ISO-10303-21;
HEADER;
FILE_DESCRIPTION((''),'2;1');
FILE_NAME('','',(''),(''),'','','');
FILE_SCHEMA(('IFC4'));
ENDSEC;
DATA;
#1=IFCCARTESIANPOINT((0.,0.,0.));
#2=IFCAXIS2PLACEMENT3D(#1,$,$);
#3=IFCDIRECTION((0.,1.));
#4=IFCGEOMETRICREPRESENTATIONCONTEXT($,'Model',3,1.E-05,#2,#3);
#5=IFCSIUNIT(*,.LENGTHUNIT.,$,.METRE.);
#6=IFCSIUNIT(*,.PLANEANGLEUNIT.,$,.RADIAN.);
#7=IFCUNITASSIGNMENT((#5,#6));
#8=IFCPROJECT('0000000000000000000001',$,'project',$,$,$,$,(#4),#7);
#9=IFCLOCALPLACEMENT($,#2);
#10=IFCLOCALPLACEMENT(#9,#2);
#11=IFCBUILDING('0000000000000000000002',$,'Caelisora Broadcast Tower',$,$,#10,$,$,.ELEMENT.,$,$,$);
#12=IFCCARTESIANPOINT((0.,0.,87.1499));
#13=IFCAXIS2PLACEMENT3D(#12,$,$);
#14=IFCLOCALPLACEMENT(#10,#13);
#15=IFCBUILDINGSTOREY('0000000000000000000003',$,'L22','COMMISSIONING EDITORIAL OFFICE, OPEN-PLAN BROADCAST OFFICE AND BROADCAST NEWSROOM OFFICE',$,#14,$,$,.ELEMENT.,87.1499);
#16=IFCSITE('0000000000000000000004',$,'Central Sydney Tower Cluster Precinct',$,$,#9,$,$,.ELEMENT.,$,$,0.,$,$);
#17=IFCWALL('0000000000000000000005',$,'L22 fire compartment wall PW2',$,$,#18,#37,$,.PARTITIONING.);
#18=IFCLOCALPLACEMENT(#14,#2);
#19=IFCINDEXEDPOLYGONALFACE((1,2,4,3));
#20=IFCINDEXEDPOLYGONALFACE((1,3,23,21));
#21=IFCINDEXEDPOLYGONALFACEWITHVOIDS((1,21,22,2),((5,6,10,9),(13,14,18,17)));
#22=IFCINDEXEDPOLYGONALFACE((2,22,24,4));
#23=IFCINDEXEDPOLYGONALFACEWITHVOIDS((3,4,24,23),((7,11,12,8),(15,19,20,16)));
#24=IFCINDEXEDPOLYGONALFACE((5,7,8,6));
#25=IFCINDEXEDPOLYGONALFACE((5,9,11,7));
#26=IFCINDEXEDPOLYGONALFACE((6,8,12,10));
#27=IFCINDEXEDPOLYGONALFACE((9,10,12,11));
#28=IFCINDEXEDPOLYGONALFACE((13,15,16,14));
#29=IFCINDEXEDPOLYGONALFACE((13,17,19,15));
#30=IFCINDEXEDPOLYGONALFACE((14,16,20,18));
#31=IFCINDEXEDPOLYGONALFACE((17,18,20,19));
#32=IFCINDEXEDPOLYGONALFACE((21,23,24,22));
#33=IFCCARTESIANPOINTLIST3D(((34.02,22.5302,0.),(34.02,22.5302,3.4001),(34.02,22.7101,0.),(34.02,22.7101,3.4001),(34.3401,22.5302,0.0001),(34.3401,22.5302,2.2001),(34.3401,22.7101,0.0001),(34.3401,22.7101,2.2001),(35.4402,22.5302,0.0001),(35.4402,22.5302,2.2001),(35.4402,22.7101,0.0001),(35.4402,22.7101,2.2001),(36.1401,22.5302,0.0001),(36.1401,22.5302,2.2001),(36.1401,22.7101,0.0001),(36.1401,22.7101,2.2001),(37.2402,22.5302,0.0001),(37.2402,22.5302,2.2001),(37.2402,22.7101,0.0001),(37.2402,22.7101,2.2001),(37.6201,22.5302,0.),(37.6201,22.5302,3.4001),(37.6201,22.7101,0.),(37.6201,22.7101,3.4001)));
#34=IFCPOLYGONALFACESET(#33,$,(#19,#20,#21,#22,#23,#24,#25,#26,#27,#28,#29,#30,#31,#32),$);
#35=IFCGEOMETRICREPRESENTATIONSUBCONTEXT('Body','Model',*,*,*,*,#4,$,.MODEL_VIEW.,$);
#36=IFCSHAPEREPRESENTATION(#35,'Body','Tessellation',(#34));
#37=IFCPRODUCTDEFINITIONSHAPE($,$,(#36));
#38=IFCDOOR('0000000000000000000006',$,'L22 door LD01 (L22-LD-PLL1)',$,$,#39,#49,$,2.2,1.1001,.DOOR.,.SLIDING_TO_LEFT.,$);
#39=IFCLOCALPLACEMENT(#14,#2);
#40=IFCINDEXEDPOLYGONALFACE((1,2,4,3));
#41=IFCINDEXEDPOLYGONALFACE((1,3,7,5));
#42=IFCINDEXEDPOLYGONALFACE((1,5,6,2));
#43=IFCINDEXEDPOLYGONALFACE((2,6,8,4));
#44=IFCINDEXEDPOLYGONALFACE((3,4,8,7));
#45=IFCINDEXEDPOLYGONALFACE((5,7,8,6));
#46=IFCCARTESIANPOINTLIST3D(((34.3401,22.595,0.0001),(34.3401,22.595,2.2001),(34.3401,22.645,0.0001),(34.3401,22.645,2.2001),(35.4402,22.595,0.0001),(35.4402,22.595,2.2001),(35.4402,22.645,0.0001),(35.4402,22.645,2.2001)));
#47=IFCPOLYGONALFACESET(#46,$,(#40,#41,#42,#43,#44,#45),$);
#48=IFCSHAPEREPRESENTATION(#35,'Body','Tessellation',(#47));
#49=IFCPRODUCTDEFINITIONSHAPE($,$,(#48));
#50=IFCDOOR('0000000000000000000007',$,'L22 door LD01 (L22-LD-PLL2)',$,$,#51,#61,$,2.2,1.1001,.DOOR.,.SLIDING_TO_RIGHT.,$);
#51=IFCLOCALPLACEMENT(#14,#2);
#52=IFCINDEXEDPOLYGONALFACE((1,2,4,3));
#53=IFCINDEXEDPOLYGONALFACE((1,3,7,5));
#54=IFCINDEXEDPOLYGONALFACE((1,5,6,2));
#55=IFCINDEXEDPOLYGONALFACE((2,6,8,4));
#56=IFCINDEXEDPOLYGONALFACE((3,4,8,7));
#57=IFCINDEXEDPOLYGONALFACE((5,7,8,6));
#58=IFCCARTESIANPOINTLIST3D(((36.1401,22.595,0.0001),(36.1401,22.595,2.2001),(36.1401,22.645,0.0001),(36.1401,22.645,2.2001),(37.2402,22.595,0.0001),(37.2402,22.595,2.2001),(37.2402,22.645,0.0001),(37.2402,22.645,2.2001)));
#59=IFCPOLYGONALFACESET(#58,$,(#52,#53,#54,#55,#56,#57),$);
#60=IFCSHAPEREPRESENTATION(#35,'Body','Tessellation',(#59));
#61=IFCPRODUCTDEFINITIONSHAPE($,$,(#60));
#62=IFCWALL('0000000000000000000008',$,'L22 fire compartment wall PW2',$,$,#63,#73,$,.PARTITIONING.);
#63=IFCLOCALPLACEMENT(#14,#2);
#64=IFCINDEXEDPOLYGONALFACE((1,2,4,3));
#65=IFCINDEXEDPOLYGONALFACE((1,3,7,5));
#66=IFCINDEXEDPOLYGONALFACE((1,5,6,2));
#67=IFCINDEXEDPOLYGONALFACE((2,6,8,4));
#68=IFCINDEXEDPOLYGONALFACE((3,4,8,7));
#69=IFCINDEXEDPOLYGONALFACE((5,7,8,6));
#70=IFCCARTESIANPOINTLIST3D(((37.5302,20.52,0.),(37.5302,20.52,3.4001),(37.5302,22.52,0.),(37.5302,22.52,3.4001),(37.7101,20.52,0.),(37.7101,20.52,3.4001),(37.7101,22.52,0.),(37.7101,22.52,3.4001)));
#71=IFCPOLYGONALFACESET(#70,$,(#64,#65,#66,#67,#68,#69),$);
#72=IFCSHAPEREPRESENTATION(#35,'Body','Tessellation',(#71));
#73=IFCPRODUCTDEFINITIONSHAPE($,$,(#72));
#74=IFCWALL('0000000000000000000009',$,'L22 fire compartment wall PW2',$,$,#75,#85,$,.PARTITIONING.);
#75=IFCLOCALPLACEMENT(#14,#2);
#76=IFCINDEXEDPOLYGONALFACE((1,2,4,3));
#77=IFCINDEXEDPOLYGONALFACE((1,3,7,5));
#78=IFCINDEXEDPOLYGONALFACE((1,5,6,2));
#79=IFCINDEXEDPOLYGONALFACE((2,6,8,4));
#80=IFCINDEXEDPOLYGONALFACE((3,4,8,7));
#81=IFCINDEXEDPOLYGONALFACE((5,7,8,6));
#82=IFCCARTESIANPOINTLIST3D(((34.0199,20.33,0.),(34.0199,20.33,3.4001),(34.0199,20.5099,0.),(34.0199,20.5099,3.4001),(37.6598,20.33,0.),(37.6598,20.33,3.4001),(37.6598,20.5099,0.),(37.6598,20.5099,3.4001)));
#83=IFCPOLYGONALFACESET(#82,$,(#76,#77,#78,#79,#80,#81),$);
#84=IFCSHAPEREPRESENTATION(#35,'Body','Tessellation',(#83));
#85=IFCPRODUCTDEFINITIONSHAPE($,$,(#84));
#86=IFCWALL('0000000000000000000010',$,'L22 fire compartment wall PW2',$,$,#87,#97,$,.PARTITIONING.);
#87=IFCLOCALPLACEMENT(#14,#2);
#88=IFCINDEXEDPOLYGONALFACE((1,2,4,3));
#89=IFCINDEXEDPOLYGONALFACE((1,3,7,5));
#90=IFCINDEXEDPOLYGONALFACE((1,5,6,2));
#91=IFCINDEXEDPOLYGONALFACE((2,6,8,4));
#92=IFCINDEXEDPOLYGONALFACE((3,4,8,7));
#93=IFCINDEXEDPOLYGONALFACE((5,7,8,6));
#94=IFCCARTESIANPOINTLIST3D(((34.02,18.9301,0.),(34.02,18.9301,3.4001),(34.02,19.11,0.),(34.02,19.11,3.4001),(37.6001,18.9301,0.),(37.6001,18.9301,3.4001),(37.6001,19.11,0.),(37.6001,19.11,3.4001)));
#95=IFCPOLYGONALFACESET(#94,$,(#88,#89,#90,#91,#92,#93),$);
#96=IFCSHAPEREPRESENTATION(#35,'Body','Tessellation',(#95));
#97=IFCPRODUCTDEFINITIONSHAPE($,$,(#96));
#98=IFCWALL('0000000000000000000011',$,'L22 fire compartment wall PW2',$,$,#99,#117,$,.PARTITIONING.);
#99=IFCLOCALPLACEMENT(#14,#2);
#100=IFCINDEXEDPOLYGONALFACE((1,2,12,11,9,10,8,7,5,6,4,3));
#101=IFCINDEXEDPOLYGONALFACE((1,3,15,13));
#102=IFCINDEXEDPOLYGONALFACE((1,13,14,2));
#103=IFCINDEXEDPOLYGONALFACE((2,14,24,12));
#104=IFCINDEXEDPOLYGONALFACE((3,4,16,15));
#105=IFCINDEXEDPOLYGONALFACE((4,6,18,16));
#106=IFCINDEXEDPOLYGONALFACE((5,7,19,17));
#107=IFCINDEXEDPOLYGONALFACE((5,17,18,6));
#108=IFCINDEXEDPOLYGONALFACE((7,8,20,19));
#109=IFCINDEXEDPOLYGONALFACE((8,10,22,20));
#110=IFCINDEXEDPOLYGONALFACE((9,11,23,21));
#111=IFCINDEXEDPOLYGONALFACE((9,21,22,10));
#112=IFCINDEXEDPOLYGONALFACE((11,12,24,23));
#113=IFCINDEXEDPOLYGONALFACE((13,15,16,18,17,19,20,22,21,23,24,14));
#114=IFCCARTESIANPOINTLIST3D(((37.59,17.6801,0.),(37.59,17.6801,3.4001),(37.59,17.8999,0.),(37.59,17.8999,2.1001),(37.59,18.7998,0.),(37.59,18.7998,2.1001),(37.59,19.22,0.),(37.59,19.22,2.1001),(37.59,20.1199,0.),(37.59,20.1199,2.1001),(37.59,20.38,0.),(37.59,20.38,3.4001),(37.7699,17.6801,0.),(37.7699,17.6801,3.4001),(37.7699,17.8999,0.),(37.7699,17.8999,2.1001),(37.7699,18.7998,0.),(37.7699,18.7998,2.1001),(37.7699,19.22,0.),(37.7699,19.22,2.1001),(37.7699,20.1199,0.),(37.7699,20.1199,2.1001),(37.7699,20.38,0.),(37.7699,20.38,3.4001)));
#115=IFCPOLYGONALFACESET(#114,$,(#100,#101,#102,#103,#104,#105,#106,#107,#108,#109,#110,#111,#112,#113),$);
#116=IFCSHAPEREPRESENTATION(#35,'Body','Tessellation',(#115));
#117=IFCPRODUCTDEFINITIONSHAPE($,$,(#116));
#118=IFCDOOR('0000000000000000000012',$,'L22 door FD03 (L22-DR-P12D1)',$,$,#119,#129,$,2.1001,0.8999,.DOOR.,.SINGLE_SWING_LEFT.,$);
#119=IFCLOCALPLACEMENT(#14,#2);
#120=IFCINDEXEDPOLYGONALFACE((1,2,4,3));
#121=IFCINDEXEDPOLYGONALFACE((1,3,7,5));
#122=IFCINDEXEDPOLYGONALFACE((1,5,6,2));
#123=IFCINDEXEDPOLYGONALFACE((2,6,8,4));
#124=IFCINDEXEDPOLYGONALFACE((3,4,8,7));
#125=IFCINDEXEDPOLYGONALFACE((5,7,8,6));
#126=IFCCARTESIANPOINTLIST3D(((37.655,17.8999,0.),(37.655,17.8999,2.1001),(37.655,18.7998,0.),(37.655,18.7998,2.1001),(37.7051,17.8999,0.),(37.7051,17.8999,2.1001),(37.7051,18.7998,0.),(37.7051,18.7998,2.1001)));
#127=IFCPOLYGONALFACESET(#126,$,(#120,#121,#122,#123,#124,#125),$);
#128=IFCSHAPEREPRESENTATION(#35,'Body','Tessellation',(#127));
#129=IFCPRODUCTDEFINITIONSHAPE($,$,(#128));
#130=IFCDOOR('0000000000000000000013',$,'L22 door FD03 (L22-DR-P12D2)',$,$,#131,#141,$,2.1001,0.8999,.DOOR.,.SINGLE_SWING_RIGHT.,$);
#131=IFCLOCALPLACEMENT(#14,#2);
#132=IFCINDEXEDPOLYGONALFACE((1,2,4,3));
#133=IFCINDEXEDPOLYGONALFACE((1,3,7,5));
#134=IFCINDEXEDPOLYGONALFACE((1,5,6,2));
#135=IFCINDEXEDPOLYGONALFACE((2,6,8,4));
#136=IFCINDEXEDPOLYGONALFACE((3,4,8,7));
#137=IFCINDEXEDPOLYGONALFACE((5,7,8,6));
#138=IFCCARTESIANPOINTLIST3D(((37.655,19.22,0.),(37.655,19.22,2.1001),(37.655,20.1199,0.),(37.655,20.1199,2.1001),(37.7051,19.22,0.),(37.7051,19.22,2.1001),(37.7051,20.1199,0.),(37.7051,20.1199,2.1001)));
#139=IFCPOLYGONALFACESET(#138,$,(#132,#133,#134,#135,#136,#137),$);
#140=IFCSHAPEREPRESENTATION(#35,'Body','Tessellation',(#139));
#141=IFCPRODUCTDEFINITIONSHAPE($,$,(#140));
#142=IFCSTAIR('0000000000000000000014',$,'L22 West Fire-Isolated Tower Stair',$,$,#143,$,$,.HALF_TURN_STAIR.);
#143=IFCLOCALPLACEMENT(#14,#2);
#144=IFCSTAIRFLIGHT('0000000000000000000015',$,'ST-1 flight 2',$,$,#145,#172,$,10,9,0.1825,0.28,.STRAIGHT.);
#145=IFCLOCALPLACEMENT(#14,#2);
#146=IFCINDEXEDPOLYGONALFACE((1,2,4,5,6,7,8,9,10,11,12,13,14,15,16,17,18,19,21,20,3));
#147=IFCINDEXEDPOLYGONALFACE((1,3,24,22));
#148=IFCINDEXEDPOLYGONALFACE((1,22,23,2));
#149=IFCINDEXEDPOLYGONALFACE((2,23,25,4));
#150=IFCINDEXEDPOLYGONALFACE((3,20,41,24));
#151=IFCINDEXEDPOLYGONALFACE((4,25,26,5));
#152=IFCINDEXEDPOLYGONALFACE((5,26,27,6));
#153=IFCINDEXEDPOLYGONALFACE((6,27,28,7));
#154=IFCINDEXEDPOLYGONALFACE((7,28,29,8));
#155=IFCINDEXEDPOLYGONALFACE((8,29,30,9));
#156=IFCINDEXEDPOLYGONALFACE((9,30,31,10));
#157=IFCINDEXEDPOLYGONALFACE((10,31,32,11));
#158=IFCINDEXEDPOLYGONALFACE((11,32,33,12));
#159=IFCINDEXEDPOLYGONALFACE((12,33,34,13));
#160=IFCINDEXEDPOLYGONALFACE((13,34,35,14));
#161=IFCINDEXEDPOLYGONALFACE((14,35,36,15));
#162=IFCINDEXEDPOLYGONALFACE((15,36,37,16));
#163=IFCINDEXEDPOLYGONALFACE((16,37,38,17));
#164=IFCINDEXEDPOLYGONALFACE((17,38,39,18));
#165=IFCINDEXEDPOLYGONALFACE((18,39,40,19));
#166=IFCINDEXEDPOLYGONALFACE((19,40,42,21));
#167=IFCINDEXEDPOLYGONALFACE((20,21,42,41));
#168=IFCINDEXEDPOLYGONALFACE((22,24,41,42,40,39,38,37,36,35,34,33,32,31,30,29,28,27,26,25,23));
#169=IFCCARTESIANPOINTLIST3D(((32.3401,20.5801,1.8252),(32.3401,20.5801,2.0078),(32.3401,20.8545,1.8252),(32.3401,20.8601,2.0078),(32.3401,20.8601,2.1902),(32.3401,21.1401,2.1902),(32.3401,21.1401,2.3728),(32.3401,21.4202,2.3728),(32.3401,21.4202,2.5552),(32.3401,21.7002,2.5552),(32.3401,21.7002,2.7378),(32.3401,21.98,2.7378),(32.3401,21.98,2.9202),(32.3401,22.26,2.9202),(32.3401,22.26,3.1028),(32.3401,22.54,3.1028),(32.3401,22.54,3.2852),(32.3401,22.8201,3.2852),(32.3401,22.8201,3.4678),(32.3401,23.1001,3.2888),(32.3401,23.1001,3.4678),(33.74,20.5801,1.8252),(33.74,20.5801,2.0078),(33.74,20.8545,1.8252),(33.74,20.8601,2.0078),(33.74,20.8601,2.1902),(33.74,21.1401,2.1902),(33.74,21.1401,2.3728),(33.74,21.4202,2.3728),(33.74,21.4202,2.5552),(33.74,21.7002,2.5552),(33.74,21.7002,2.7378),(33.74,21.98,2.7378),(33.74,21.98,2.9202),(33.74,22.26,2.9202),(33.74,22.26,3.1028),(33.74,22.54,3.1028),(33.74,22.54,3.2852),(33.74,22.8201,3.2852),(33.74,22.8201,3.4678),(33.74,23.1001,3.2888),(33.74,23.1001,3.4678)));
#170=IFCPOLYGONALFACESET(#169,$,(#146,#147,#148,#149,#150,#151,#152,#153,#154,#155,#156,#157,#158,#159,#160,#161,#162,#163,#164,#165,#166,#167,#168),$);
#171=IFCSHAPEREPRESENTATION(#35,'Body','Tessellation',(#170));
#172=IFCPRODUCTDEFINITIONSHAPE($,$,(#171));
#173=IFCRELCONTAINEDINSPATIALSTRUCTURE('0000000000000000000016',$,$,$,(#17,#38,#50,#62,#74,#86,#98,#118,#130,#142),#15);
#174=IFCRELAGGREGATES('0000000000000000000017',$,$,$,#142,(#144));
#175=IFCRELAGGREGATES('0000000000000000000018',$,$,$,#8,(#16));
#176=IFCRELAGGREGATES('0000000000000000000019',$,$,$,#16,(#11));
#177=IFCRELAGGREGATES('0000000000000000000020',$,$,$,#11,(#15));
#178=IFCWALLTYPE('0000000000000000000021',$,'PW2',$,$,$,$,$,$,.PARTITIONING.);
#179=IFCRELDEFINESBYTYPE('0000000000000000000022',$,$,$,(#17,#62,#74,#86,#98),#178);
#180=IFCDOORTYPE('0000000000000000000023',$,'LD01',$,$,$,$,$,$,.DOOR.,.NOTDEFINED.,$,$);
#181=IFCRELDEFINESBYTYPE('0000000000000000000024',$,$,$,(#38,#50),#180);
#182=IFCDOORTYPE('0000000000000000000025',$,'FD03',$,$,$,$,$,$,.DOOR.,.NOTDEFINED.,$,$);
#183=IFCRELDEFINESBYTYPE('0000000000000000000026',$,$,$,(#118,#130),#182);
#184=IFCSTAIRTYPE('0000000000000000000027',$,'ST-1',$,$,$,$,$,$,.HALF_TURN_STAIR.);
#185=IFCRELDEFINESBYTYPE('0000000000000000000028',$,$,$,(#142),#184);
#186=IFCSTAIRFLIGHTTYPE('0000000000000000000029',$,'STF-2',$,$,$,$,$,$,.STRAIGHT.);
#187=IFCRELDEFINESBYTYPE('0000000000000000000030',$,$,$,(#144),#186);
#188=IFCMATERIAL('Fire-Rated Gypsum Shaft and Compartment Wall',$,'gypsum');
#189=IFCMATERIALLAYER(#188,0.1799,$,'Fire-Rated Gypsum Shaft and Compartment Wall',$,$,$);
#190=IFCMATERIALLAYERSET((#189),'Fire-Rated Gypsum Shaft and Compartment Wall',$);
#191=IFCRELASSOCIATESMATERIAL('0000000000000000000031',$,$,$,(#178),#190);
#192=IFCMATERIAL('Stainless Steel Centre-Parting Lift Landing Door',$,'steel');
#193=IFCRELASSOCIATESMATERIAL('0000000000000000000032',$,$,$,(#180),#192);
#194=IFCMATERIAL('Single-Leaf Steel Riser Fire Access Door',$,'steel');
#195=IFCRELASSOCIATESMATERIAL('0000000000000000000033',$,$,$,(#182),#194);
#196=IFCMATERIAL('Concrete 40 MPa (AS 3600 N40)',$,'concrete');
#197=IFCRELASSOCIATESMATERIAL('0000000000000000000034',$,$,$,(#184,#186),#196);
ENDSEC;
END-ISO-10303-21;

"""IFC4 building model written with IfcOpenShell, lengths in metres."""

from ifc_helpers import new_model, si_unit, direction, frame, frame_2d, origin, place, context, subcontext, project, spatial, polyline, rectangle, outline, extrude, material, layer, layer_set, type_object, element, fill, aggregate, save


model = new_model("IFC4")

# Units and contexts
model_context = context("Model", 3, precision=1e-05, world=origin(), true_north=direction((0.0, 1.0)))
body_context = subcontext(model_context, "Body", "Model", "MODEL_VIEW")
ifc_project = project(units=[si_unit("LENGTHUNIT", "METRE"), si_unit("PLANEANGLEUNIT", "RADIAN")], contexts=[model_context])

# Site, building, storey
site_placement = place(None, origin())
site = spatial("IfcSite", under=ifc_project, at=site_placement, Name="Central Sydney Tower Cluster Precinct", CompositionType="ELEMENT", RefElevation=0.0)
building_placement = place(site_placement, origin())
building = spatial("IfcBuilding", under=site, at=building_placement, Name="Caelisora Broadcast Tower", CompositionType="ELEMENT")
storey_placement = place(building_placement, frame((0.0, 0.0, 87.1499)))
storey = spatial("IfcBuildingStorey", under=building, at=storey_placement, Name="L22", Description="COMMISSIONING EDITORIAL OFFICE, OPEN-PLAN BROADCAST OFFICE AND BROADCAST NEWSROOM OFFICE", CompositionType="ELEMENT", Elevation=87.1499)

# Wall, openings, doors
ifc_material_1 = material(Name="Fire-Rated Gypsum Shaft and Compartment Wall", Category="gypsum")
ifc_layer_1 = layer(ifc_material_1, 0.1799, Name="Fire-Rated Gypsum Shaft and Compartment Wall")
ifc_layer_set_1 = layer_set([ifc_layer_1], Name="Fire-Rated Gypsum Shaft and Compartment Wall")
wall_type_1 = type_object("IfcWallType", Name="PW2", PredefinedType="PARTITIONING", material=ifc_layer_set_1)
wall_1_placement = place(storey_placement, frame((34.02, 22.6201, 0.0), z_axis=(0.0, 0.0, 1.0), x_axis=(1.0, 0.0, 0.0)))
wall_1 = element("IfcWall", 1, at=wall_1_placement, inside=storey, type_object=wall_type_1, Name="L22 fire compartment wall PW2", PredefinedType="PARTITIONING", context=body_context, shape_type="SweptSolid", body=[
    extrude(rectangle(XDim=3.6001, YDim=0.1799, at=frame_2d((1.8, 0.0))), origin(), (0.0, 0.0, 1.0), 3.4001),
])
opening_1_placement = place(wall_1_placement, frame((0.3201, 0.0, 0.0)))
opening_1 = element("IfcOpeningElement", 2, at=opening_1_placement, cuts=wall_1, PredefinedType="OPENING", context=body_context, shape_type="SweptSolid", body=[
    extrude(rectangle(XDim=1.1001, YDim=2.2, at=frame_2d((0.55, 1.1001))), frame((0.0, 0.1021, 0.0), z_axis=(0.0, -1.0, 0.0), x_axis=(1.0, 0.0, 0.0)), (0.0, 0.0, 1.0), 0.2039),
])
opening_2_placement = place(wall_1_placement, frame((2.1201, 0.0, 0.0)))
opening_2 = element("IfcOpeningElement", 3, at=opening_2_placement, cuts=wall_1, PredefinedType="OPENING", context=body_context, shape_type="SweptSolid", body=[
    extrude(rectangle(XDim=1.1001, YDim=2.2, at=frame_2d((0.55, 1.1001))), frame((0.0, 0.1021, 0.0), z_axis=(0.0, -1.0, 0.0), x_axis=(1.0, 0.0, 0.0)), (0.0, 0.0, 1.0), 0.2039),
])
ifc_material_2 = material(Name="Stainless Steel Centre-Parting Lift Landing Door", Category="steel")
door_type_1 = type_object("IfcDoorType", Name="LD01", OperationType="NOTDEFINED", PredefinedType="DOOR", material=ifc_material_2)
door_1_placement = place(opening_1_placement, origin())
door_1 = element("IfcDoor", 4, at=door_1_placement, inside=storey, type_object=door_type_1, Name="L22 door LD01 (L22-LD-PLL1)", OperationType="SLIDING_TO_LEFT", OverallHeight=2.2, OverallWidth=1.1001, PredefinedType="DOOR", context=body_context, shape_type="SweptSolid", body=[
    extrude(rectangle(XDim=1.1001, YDim=2.2, at=frame_2d((0.55, 1.1001))), frame((0.0, 0.0249, 0.0), z_axis=(0.0, -1.0, 0.0), x_axis=(1.0, 0.0, 0.0)), (0.0, 0.0, 1.0), 0.05),
])
fill(opening_1, door_1)
door_2_placement = place(opening_2_placement, origin())
door_2 = element("IfcDoor", 5, at=door_2_placement, inside=storey, type_object=door_type_1, Name="L22 door LD01 (L22-LD-PLL2)", OperationType="SLIDING_TO_RIGHT", OverallHeight=2.2, OverallWidth=1.1001, PredefinedType="DOOR", context=body_context, shape_type="SweptSolid", body=[
    extrude(rectangle(XDim=1.1001, YDim=2.2, at=frame_2d((0.55, 1.1001))), frame((0.0, 0.0249, 0.0), z_axis=(0.0, -1.0, 0.0), x_axis=(1.0, 0.0, 0.0)), (0.0, 0.0, 1.0), 0.05),
])
fill(opening_2, door_2)

# Walls
wall_2_placement = place(storey_placement, frame((37.6201, 20.52, 0.0), z_axis=(0.0, 0.0, 1.0), x_axis=(0.0, 1.0, 0.0)))
element("IfcWall", 6, at=wall_2_placement, inside=storey, type_object=wall_type_1, Name="L22 fire compartment wall PW2", PredefinedType="PARTITIONING", context=body_context, shape_type="SweptSolid", body=[
    extrude(rectangle(XDim=2.0, YDim=0.1799, at=frame_2d((1.0, 0.0))), origin(), (0.0, 0.0, 1.0), 3.4001),
])
wall_3_placement = place(storey_placement, frame((34.02, 20.4199, 0.0), z_axis=(0.0, 0.0, 1.0), x_axis=(1.0, 0.0, 0.0)))
element("IfcWall", 7, at=wall_3_placement, inside=storey, type_object=wall_type_1, Name="L22 fire compartment wall PW2", PredefinedType="PARTITIONING", context=body_context, shape_type="SweptSolid", body=[
    extrude(rectangle(XDim=3.6399, YDim=0.1799, at=frame_2d((1.8198, 0.0))), origin(), (0.0, 0.0, 1.0), 3.4001),
])
wall_4_placement = place(storey_placement, frame((34.02, 19.02, 0.0), z_axis=(0.0, 0.0, 1.0), x_axis=(1.0, 0.0, 0.0)))
element("IfcWall", 8, at=wall_4_placement, inside=storey, type_object=wall_type_1, Name="L22 fire compartment wall PW2", PredefinedType="PARTITIONING", context=body_context, shape_type="SweptSolid", body=[
    extrude(rectangle(XDim=3.5801, YDim=0.1799, at=frame_2d((1.79, 0.0))), origin(), (0.0, 0.0, 1.0), 3.4001),
])

# Wall, openings, doors
wall_5_placement = place(storey_placement, frame((37.6799, 17.6799, 0.0), z_axis=(0.0, 0.0, 1.0), x_axis=(0.0, 1.0, 0.0)))
wall_5 = element("IfcWall", 9, at=wall_5_placement, inside=storey, type_object=wall_type_1, Name="L22 fire compartment wall PW2", PredefinedType="PARTITIONING", context=body_context, shape_type="SweptSolid", body=[
    extrude(rectangle(XDim=2.7, YDim=0.1799, at=frame_2d((1.3501, 0.0))), origin(), (0.0, 0.0, 1.0), 3.4001),
])
opening_3_placement = place(wall_5_placement, frame((0.22, 0.0, 0.0)))
opening_3 = element("IfcOpeningElement", 10, at=opening_3_placement, cuts=wall_5, PredefinedType="OPENING", context=body_context, shape_type="SweptSolid", body=[
    extrude(rectangle(XDim=0.8999, YDim=2.1001, at=frame_2d((0.45, 1.05))), frame((0.0, 0.1021, 0.0), z_axis=(0.0, -1.0, 0.0), x_axis=(1.0, 0.0, 0.0)), (0.0, 0.0, 1.0), 0.2039),
])
opening_4_placement = place(wall_5_placement, frame((1.54, 0.0, 0.0)))
opening_4 = element("IfcOpeningElement", 11, at=opening_4_placement, cuts=wall_5, PredefinedType="OPENING", context=body_context, shape_type="SweptSolid", body=[
    extrude(rectangle(XDim=0.8999, YDim=2.1001, at=frame_2d((0.45, 1.05))), frame((0.0, 0.1021, 0.0), z_axis=(0.0, -1.0, 0.0), x_axis=(1.0, 0.0, 0.0)), (0.0, 0.0, 1.0), 0.2039),
])
ifc_material_3 = material(Name="Single-Leaf Steel Riser Fire Access Door", Category="steel")
door_type_2 = type_object("IfcDoorType", Name="FD03", OperationType="NOTDEFINED", PredefinedType="DOOR", material=ifc_material_3)
door_3_placement = place(opening_3_placement, origin())
door_3 = element("IfcDoor", 12, at=door_3_placement, inside=storey, type_object=door_type_2, Name="L22 door FD03 (L22-DR-P12D1)", OperationType="SINGLE_SWING_LEFT", OverallHeight=2.1001, OverallWidth=0.8999, PredefinedType="DOOR", context=body_context, shape_type="SweptSolid", body=[
    extrude(rectangle(XDim=0.8999, YDim=2.1001, at=frame_2d((0.45, 1.05))), frame((0.0, 0.0249, 0.0), z_axis=(0.0, -1.0, 0.0), x_axis=(1.0, 0.0, 0.0)), (0.0, 0.0, 1.0), 0.05),
])
fill(opening_3, door_3)
door_4_placement = place(opening_4_placement, origin())
door_4 = element("IfcDoor", 13, at=door_4_placement, inside=storey, type_object=door_type_2, Name="L22 door FD03 (L22-DR-P12D2)", OperationType="SINGLE_SWING_RIGHT", OverallHeight=2.1001, OverallWidth=0.8999, PredefinedType="DOOR", context=body_context, shape_type="SweptSolid", body=[
    extrude(rectangle(XDim=0.8999, YDim=2.1001, at=frame_2d((0.45, 1.05))), frame((0.0, 0.0249, 0.0), z_axis=(0.0, -1.0, 0.0), x_axis=(1.0, 0.0, 0.0)), (0.0, 0.0, 1.0), 0.05),
])
fill(opening_4, door_4)

# Stair, stair flight
ifc_material_4 = material(Name="Concrete 40 MPa (AS 3600 N40)", Category="concrete")
stair_type = type_object("IfcStairType", Name="ST-1", PredefinedType="HALF_TURN_STAIR", material=ifc_material_4)
stair_placement = place(storey_placement, origin())
stair = element("IfcStair", 14, at=stair_placement, inside=storey, type_object=stair_type, Name="L22 West Fire-Isolated Tower Stair", PredefinedType="HALF_TURN_STAIR")
stair_flight_type = type_object("IfcStairFlightType", Name="STF-2", PredefinedType="STRAIGHT", material=ifc_material_4)
stair_flight_placement = place(storey_placement, frame((33.04, 20.5801, 1.8252), z_axis=(0.0, 0.0, 1.0), x_axis=(0.0, 1.0, 0.0)))
stair_flight = element("IfcStairFlight", 15, at=stair_flight_placement, type_object=stair_flight_type, Name="ST-1 flight 2", NumberOfRisers=10, NumberOfTreads=9, PredefinedType="STRAIGHT", RiserHeight=0.1825, TreadLength=0.28, context=body_context, shape_type="SweptSolid", body=[
    extrude(outline(polyline([(0.0, 0.0), (0.0, 0.1826), (0.28, 0.1826), (0.28, 0.365), (0.5601, 0.365), (0.5601, 0.5476), (0.8401, 0.5476), (0.8401, 0.73), (1.1201, 0.73), (1.1201, 0.9126), (1.3999, 0.9126), (1.3999, 1.095), (1.6799, 1.095), (1.6799, 1.2776), (1.96, 1.2776), (1.96, 1.46), (2.24, 1.46), (2.24, 1.6426), (2.52, 1.6426), (2.52, 1.825), (2.52, 1.4636), (0.2744, 0.0), (0.0, 0.0)])), frame((0.0, 0.7, 0.0), z_axis=(0.0, -1.0, 0.0), x_axis=(1.0, 0.0, 0.0)), (0.0, 0.0, 1.0), 1.3999),
])
aggregate(stair, [stair_flight])

save(model, "model.ifc")
